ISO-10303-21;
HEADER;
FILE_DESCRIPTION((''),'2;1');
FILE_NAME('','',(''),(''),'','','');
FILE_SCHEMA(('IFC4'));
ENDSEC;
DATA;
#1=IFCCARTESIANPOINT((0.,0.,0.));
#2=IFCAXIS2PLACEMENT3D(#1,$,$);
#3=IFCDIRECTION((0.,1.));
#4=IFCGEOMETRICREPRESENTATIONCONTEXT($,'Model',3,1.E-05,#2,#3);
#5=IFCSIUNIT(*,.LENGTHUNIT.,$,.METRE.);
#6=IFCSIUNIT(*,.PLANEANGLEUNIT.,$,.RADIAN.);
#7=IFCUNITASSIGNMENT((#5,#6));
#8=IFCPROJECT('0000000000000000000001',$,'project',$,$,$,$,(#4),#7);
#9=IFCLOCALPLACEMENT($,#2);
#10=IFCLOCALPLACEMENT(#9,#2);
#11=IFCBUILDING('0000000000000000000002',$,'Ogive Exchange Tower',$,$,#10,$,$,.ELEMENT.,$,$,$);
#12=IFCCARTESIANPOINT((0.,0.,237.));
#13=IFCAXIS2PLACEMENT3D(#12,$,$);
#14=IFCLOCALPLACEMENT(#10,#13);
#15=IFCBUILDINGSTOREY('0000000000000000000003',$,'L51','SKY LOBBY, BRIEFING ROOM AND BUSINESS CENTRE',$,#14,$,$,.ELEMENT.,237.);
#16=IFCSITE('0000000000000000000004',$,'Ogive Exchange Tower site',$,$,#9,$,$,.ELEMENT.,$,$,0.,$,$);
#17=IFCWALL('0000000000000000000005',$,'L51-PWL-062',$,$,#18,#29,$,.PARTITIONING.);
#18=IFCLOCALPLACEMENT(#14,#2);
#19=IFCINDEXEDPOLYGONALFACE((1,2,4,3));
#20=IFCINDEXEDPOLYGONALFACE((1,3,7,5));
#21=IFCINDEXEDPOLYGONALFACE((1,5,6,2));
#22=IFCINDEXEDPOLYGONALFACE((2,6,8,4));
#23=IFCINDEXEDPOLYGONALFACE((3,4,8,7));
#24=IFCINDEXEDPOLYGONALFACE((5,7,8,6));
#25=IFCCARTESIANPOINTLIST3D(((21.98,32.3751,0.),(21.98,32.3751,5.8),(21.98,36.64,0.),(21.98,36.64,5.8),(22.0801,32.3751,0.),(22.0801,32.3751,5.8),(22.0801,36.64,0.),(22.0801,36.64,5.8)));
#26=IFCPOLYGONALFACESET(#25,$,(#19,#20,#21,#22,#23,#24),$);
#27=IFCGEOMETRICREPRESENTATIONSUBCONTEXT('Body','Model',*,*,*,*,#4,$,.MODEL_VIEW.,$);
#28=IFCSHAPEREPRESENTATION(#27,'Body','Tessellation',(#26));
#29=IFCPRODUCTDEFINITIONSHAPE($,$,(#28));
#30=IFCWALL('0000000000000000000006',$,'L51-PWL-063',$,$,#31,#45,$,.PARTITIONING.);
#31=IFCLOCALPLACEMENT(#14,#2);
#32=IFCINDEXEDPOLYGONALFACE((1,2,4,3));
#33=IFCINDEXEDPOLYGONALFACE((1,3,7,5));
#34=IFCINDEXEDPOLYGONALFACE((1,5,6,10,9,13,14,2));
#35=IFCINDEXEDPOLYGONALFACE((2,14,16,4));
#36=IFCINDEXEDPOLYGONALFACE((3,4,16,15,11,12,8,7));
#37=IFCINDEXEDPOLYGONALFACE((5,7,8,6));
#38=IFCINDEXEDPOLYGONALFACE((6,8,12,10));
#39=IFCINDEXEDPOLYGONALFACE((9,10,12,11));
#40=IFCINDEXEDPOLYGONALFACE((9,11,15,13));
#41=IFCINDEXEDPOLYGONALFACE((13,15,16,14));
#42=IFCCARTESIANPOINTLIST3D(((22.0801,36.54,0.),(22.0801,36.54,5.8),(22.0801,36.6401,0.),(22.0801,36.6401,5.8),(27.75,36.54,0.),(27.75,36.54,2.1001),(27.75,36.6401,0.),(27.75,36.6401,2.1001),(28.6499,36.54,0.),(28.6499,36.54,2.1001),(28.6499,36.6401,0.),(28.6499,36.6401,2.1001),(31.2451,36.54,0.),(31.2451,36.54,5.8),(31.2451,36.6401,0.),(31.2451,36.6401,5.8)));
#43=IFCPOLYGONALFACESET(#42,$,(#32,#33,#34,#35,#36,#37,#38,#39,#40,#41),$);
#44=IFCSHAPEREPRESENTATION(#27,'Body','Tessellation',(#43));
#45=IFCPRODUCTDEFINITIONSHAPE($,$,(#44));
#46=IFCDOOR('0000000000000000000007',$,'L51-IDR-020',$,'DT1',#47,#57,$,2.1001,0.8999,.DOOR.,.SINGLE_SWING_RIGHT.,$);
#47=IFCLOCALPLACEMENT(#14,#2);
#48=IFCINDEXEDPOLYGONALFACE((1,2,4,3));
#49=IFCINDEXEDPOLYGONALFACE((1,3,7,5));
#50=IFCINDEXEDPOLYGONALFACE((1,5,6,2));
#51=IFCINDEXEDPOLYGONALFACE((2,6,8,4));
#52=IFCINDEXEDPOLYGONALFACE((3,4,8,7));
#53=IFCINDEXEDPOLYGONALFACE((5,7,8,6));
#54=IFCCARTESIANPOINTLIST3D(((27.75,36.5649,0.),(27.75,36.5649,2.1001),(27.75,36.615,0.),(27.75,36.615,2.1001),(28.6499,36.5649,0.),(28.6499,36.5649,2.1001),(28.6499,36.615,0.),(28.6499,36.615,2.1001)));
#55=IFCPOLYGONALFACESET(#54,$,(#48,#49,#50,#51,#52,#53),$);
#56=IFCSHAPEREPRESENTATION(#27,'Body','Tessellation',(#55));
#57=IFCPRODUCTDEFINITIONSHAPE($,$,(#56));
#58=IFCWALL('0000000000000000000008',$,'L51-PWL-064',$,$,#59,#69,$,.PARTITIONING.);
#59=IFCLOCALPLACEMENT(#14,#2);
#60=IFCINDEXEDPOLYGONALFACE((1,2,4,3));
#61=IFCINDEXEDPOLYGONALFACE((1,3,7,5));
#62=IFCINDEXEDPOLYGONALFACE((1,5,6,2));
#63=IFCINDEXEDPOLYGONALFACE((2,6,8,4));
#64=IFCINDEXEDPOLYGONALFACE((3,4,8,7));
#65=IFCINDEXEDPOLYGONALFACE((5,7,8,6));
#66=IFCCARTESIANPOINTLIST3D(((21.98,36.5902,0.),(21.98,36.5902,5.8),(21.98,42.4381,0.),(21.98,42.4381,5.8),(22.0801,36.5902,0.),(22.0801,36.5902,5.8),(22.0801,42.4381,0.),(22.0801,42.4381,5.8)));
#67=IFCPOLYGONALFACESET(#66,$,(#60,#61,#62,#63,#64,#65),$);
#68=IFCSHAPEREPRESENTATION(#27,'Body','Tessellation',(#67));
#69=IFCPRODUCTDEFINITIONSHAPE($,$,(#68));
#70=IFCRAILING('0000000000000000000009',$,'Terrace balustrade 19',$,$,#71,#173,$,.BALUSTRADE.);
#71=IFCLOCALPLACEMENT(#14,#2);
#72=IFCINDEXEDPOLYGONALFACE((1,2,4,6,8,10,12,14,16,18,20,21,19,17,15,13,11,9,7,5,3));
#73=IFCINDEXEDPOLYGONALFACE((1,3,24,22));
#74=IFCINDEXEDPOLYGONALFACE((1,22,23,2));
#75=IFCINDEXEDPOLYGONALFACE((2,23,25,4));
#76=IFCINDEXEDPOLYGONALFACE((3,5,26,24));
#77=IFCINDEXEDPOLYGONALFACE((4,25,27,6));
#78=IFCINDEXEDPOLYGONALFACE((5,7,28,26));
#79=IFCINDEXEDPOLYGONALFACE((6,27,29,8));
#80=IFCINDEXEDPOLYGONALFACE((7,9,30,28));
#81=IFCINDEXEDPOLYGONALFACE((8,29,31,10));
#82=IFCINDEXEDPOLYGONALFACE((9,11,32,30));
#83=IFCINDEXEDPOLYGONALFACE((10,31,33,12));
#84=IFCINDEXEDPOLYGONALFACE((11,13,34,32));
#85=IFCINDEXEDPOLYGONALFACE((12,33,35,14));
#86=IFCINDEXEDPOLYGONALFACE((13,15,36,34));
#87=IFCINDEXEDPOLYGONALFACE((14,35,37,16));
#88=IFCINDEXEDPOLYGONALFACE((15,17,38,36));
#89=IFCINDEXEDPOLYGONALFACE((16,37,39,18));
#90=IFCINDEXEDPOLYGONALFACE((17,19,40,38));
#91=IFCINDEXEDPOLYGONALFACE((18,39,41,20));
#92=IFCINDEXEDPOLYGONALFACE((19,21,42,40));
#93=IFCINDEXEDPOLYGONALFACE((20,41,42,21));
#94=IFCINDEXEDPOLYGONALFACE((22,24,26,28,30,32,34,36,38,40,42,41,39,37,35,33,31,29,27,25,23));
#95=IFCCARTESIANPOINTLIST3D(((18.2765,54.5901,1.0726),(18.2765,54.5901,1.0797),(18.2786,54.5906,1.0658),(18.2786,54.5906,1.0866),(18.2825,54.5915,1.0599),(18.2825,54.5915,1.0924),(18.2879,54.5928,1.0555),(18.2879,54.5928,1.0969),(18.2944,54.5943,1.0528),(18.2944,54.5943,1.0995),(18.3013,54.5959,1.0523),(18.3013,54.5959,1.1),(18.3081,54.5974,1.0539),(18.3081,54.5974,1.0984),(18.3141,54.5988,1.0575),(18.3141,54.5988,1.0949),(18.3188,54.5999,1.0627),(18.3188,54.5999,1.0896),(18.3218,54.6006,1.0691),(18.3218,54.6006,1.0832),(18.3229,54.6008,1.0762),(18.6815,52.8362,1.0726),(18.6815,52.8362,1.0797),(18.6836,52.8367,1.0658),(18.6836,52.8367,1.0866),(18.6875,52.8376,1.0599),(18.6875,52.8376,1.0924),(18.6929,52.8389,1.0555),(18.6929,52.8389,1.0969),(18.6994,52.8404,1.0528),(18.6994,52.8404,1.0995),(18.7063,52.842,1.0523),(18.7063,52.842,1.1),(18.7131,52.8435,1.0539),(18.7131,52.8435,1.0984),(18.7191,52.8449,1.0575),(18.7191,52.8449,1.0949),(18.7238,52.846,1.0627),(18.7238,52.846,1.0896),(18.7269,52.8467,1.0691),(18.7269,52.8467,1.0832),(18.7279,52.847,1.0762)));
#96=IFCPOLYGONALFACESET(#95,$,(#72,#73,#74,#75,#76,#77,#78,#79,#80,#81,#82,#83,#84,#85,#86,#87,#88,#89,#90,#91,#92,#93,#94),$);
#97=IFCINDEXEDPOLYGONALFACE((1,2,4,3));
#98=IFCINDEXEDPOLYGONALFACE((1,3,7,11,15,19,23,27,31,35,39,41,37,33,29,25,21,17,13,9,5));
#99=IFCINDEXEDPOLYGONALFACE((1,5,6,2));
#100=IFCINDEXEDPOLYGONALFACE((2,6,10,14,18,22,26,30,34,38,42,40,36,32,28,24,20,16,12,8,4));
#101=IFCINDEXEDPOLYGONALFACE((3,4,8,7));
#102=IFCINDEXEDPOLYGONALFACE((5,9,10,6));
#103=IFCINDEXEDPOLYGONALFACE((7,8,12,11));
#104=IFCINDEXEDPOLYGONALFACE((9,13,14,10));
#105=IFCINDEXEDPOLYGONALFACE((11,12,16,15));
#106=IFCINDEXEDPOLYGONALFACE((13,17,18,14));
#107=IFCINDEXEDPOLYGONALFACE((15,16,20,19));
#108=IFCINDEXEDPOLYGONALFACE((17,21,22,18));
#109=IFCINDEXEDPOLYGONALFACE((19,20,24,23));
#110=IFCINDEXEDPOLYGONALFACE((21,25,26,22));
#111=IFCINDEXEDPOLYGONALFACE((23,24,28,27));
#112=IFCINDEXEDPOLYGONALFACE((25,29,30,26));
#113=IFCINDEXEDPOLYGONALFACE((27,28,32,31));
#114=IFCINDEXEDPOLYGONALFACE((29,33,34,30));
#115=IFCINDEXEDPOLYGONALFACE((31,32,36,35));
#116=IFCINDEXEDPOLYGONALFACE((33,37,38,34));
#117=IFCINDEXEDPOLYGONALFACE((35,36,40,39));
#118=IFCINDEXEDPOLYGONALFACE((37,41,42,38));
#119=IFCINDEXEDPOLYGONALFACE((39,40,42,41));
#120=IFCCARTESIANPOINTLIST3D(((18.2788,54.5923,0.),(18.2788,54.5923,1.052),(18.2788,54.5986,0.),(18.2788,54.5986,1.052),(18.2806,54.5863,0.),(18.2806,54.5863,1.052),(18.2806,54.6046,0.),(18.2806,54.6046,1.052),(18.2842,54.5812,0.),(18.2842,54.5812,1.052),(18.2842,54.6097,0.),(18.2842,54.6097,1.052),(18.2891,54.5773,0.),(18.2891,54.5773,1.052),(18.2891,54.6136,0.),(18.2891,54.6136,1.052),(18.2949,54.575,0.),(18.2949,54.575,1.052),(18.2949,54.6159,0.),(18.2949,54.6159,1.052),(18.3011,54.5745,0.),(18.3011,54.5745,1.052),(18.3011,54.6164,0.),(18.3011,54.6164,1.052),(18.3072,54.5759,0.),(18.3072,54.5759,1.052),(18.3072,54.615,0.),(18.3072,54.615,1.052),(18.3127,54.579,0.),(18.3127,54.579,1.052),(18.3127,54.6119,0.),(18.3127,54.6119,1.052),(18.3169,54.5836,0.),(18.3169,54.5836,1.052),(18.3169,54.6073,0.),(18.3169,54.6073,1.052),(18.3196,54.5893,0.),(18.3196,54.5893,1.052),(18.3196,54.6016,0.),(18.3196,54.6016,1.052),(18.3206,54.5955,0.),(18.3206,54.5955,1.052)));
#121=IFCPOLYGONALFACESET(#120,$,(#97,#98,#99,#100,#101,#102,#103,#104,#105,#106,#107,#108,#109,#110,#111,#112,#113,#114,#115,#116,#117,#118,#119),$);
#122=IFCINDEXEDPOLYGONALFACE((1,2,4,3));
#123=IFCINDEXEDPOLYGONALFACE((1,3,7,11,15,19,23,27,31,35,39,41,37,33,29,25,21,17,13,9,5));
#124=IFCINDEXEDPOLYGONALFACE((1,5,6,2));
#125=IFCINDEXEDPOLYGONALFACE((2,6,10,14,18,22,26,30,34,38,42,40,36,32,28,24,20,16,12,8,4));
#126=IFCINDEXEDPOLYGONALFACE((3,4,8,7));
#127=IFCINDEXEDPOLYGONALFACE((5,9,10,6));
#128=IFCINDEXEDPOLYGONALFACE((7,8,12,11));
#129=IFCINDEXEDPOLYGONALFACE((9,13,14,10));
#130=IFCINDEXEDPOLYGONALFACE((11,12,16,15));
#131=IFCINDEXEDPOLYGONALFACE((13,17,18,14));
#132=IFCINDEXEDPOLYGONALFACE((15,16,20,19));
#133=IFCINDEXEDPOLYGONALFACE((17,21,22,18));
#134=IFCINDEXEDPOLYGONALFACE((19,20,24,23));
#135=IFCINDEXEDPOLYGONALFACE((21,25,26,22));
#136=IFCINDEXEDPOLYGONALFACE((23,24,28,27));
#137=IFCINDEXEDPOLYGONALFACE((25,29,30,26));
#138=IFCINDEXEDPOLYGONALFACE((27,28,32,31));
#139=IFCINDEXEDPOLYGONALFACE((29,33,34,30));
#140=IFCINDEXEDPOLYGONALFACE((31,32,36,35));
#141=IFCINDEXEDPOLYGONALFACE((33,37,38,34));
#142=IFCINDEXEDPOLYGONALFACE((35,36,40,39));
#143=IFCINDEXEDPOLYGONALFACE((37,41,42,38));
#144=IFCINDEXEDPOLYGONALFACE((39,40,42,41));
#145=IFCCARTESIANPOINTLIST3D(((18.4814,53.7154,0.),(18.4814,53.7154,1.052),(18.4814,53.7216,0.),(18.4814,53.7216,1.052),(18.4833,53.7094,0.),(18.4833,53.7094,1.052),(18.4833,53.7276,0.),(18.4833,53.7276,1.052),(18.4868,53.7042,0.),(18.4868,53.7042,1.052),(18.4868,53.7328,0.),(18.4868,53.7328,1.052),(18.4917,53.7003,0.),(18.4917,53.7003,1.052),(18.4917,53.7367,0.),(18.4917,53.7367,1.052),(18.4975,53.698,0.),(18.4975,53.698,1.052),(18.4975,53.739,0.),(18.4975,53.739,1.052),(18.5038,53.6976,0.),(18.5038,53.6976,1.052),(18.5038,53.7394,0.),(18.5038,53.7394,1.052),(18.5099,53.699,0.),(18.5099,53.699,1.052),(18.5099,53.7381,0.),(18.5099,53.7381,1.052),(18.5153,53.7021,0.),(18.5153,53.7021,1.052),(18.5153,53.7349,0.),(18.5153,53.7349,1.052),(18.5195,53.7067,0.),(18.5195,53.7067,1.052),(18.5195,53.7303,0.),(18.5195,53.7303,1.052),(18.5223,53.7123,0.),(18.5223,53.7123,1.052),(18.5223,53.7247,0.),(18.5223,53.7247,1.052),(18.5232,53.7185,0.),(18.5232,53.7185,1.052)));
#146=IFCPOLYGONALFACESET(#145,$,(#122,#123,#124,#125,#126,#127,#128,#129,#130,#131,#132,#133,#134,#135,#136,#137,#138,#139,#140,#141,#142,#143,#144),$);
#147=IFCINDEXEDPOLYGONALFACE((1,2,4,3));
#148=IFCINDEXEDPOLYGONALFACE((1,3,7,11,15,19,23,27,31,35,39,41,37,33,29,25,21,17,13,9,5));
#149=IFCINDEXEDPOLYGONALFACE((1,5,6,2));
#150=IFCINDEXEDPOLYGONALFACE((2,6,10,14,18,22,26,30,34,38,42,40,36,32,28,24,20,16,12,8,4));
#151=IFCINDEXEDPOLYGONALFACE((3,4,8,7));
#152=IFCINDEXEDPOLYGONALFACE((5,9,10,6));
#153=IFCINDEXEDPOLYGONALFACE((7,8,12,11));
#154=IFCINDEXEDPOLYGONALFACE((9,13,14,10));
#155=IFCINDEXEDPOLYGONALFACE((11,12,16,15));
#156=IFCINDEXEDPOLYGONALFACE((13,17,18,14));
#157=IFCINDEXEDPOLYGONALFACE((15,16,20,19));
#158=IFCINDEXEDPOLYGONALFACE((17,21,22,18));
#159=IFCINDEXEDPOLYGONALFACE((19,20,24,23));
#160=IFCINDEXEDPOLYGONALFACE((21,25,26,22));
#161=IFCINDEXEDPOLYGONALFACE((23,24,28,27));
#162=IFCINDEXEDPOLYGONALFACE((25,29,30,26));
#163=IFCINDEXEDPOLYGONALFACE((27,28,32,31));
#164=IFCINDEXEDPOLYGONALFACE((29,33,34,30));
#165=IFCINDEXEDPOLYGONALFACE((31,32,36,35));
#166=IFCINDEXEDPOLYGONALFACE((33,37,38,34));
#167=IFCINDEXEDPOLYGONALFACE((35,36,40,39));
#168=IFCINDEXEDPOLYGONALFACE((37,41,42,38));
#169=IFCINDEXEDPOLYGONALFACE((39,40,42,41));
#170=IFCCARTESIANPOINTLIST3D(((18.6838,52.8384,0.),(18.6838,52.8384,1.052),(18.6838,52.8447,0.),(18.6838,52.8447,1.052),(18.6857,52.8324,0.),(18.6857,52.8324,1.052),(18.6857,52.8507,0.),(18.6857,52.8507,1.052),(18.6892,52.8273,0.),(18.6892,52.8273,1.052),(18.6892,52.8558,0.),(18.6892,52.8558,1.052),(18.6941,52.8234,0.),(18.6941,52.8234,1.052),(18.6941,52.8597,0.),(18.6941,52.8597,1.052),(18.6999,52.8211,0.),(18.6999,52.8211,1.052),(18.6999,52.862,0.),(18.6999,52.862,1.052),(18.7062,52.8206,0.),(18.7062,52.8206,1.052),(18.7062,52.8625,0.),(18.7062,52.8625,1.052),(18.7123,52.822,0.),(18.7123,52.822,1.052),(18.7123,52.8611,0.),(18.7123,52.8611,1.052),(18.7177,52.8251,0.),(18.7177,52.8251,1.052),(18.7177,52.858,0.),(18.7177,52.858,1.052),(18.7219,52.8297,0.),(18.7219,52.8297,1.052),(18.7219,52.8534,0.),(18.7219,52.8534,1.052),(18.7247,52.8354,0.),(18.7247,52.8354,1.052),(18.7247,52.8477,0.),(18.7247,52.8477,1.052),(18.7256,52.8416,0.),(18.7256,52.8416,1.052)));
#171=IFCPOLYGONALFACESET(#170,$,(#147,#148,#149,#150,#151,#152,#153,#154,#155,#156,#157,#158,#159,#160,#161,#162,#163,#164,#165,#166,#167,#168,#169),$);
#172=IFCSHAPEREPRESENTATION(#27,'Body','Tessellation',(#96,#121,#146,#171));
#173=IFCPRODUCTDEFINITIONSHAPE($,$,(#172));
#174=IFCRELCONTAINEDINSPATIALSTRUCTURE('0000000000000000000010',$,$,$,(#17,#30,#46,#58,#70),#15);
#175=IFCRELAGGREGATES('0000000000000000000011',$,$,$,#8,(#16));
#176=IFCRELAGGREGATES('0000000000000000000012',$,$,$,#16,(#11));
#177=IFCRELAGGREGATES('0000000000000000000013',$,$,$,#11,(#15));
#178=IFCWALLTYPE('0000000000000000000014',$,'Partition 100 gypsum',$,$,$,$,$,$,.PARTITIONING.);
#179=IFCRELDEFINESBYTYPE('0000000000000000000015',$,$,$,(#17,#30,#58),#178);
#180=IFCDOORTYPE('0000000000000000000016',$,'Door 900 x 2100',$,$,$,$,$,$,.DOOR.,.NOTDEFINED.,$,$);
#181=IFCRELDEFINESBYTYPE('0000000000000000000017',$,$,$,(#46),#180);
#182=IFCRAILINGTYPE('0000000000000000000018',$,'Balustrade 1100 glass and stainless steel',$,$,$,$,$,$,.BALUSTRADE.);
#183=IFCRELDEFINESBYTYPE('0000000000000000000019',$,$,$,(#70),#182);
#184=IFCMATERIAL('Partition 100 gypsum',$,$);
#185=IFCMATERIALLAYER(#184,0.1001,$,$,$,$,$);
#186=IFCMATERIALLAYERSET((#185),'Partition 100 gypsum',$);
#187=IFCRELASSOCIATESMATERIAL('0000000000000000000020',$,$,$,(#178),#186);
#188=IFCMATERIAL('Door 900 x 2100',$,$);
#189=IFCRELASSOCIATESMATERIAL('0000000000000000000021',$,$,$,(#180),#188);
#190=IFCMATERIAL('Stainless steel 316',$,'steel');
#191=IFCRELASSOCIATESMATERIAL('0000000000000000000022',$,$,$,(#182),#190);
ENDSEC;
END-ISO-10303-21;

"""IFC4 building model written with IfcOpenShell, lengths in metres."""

from ifc_helpers import new_model, si_unit, direction, frame, frame_2d, origin, origin_2d, place, context, subcontext, project, spatial, rectangle, circle, extrude, material, layer, layer_set, type_object, element, fill, save


model = new_model("IFC4")

# Units and contexts
model_context = context("Model", 3, precision=1e-05, world=origin(), true_north=direction((0.0, 1.0)))
body_context = subcontext(model_context, "Body", "Model", "MODEL_VIEW")
ifc_project = project(units=[si_unit("LENGTHUNIT", "METRE"), si_unit("PLANEANGLEUNIT", "RADIAN")], contexts=[model_context])

# Site, building, storey
site_placement = place(None, origin())
site = spatial("IfcSite", under=ifc_project, at=site_placement, Name="Ogive Exchange Tower site", CompositionType="ELEMENT", RefElevation=0.0)
building_placement = place(site_placement, origin())
building = spatial("IfcBuilding", under=site, at=building_placement, Name="Ogive Exchange Tower", CompositionType="ELEMENT")
storey_placement = place(building_placement, frame((0.0, 0.0, 237.0)))
storey = spatial("IfcBuildingStorey", under=building, at=storey_placement, Name="L51", Description="SKY LOBBY, BRIEFING ROOM AND BUSINESS CENTRE", CompositionType="ELEMENT", Elevation=237.0)

# Wall
ifc_material_1 = material(Name="Partition 100 gypsum")
ifc_layer_1 = layer(ifc_material_1, 0.1001)
ifc_layer_set_1 = layer_set([ifc_layer_1], Name="Partition 100 gypsum")
wall_type_1 = type_object("IfcWallType", Name="Partition 100 gypsum", PredefinedType="PARTITIONING", material=ifc_layer_set_1)
wall_1_placement = place(storey_placement, frame((22.03, 36.6399, 0.0), z_axis=(0.0, 0.0, 1.0), x_axis=(0.0, -1.0, 0.0)))
element("IfcWall", 1, at=wall_1_placement, inside=storey, type_object=wall_type_1, Name="L51-PWL-062", PredefinedType="PARTITIONING", context=body_context, shape_type="SweptSolid", body=[
    extrude(rectangle(XDim=4.2649, YDim=0.1001, at=frame_2d((2.1323, 0.0))), origin(), (0.0, 0.0, 1.0), 5.8),
])

# Wall, opening, door
wall_2_placement = place(storey_placement, frame((22.0801, 36.5901, 0.0), z_axis=(0.0, 0.0, 1.0), x_axis=(1.0, 0.0, 0.0)))
wall_2 = element("IfcWall", 2, at=wall_2_placement, inside=storey, type_object=wall_type_1, Name="L51-PWL-063", PredefinedType="PARTITIONING", context=body_context, shape_type="SweptSolid", body=[
    extrude(rectangle(XDim=9.165, YDim=0.1001, at=frame_2d((4.5825, 0.0))), origin(), (0.0, 0.0, 1.0), 5.8),
])
opening_1_placement = place(wall_2_placement, frame((5.6699, 0.0, 0.0)))
opening_1 = element("IfcOpeningElement", 3, at=opening_1_placement, cuts=wall_2, PredefinedType="OPENING", context=body_context, shape_type="SweptSolid", body=[
    extrude(rectangle(XDim=0.8999, YDim=2.1001, at=frame_2d((0.45, 1.05))), frame((0.0, 0.0601, 0.0), z_axis=(0.0, -1.0, 0.0), x_axis=(1.0, 0.0, 0.0)), (0.0, 0.0, 1.0), 0.1201),
])
ifc_material_2 = material(Name="Door 900 x 2100")
door_type_1 = type_object("IfcDoorType", Name="Door 900 x 2100", OperationType="NOTDEFINED", PredefinedType="DOOR", material=ifc_material_2)
door_1_placement = place(opening_1_placement, origin())
door_1 = element("IfcDoor", 4, at=door_1_placement, inside=storey, type_object=door_type_1, Name="L51-IDR-020", ObjectType="DT1", OperationType="SINGLE_SWING_RIGHT", OverallHeight=2.1001, OverallWidth=0.8999, PredefinedType="DOOR", context=body_context, shape_type="SweptSolid", body=[
    extrude(rectangle(XDim=0.8999, YDim=2.1001, at=frame_2d((0.45, 1.05))), frame((0.0, 0.0249, 0.0), z_axis=(0.0, -1.0, 0.0), x_axis=(1.0, 0.0, 0.0)), (0.0, 0.0, 1.0), 0.05),
])
fill(opening_1, door_1)

# Wall
wall_3_placement = place(storey_placement, frame((22.03, 42.438, 0.0), z_axis=(0.0, 0.0, 1.0), x_axis=(0.0, -1.0, 0.0)))
element("IfcWall", 5, at=wall_3_placement, inside=storey, type_object=wall_type_1, Name="L51-PWL-064", PredefinedType="PARTITIONING", context=body_context, shape_type="SweptSolid", body=[
    extrude(rectangle(XDim=5.8479, YDim=0.1001, at=frame_2d((2.9238, 0.0))), origin(), (0.0, 0.0, 1.0), 5.8),
])

# Railing
ifc_material_3 = material(Name="Stainless steel 316", Category="steel")
railing_type = type_object("IfcRailingType", Name="Balustrade 1100 glass and stainless steel", PredefinedType="BALUSTRADE", material=ifc_material_3)
railing_1_placement = place(storey_placement, frame((18.2996, 54.5955, 0.0)))
element("IfcRailing", 6, at=railing_1_placement, inside=storey, type_object=railing_type, Name="Terrace balustrade 19", PredefinedType="BALUSTRADE", context=body_context, shape_type="SweptSolid", body=[
    extrude(circle(Radius=0.0239, at=origin_2d()), frame((0.0, 0.0, 1.0762), z_axis=(0.225008, -0.974357, 0.0), x_axis=(0.974357, 0.225008, 0.0)), (0.0, 0.0, 1.0), 1.8),
    extrude(circle(Radius=0.021, at=origin_2d()), origin(), (0.0, 0.0, 1.0), 1.052),
    extrude(circle(Radius=0.021, at=origin_2d()), frame((0.2026, -0.877, 0.0)), (0.0, 0.0, 1.0), 1.052),
    extrude(circle(Radius=0.021, at=origin_2d()), frame((0.405, -1.7539, 0.0)), (0.0, 0.0, 1.0), 1.052),
])

save(model, "model.ifc")
